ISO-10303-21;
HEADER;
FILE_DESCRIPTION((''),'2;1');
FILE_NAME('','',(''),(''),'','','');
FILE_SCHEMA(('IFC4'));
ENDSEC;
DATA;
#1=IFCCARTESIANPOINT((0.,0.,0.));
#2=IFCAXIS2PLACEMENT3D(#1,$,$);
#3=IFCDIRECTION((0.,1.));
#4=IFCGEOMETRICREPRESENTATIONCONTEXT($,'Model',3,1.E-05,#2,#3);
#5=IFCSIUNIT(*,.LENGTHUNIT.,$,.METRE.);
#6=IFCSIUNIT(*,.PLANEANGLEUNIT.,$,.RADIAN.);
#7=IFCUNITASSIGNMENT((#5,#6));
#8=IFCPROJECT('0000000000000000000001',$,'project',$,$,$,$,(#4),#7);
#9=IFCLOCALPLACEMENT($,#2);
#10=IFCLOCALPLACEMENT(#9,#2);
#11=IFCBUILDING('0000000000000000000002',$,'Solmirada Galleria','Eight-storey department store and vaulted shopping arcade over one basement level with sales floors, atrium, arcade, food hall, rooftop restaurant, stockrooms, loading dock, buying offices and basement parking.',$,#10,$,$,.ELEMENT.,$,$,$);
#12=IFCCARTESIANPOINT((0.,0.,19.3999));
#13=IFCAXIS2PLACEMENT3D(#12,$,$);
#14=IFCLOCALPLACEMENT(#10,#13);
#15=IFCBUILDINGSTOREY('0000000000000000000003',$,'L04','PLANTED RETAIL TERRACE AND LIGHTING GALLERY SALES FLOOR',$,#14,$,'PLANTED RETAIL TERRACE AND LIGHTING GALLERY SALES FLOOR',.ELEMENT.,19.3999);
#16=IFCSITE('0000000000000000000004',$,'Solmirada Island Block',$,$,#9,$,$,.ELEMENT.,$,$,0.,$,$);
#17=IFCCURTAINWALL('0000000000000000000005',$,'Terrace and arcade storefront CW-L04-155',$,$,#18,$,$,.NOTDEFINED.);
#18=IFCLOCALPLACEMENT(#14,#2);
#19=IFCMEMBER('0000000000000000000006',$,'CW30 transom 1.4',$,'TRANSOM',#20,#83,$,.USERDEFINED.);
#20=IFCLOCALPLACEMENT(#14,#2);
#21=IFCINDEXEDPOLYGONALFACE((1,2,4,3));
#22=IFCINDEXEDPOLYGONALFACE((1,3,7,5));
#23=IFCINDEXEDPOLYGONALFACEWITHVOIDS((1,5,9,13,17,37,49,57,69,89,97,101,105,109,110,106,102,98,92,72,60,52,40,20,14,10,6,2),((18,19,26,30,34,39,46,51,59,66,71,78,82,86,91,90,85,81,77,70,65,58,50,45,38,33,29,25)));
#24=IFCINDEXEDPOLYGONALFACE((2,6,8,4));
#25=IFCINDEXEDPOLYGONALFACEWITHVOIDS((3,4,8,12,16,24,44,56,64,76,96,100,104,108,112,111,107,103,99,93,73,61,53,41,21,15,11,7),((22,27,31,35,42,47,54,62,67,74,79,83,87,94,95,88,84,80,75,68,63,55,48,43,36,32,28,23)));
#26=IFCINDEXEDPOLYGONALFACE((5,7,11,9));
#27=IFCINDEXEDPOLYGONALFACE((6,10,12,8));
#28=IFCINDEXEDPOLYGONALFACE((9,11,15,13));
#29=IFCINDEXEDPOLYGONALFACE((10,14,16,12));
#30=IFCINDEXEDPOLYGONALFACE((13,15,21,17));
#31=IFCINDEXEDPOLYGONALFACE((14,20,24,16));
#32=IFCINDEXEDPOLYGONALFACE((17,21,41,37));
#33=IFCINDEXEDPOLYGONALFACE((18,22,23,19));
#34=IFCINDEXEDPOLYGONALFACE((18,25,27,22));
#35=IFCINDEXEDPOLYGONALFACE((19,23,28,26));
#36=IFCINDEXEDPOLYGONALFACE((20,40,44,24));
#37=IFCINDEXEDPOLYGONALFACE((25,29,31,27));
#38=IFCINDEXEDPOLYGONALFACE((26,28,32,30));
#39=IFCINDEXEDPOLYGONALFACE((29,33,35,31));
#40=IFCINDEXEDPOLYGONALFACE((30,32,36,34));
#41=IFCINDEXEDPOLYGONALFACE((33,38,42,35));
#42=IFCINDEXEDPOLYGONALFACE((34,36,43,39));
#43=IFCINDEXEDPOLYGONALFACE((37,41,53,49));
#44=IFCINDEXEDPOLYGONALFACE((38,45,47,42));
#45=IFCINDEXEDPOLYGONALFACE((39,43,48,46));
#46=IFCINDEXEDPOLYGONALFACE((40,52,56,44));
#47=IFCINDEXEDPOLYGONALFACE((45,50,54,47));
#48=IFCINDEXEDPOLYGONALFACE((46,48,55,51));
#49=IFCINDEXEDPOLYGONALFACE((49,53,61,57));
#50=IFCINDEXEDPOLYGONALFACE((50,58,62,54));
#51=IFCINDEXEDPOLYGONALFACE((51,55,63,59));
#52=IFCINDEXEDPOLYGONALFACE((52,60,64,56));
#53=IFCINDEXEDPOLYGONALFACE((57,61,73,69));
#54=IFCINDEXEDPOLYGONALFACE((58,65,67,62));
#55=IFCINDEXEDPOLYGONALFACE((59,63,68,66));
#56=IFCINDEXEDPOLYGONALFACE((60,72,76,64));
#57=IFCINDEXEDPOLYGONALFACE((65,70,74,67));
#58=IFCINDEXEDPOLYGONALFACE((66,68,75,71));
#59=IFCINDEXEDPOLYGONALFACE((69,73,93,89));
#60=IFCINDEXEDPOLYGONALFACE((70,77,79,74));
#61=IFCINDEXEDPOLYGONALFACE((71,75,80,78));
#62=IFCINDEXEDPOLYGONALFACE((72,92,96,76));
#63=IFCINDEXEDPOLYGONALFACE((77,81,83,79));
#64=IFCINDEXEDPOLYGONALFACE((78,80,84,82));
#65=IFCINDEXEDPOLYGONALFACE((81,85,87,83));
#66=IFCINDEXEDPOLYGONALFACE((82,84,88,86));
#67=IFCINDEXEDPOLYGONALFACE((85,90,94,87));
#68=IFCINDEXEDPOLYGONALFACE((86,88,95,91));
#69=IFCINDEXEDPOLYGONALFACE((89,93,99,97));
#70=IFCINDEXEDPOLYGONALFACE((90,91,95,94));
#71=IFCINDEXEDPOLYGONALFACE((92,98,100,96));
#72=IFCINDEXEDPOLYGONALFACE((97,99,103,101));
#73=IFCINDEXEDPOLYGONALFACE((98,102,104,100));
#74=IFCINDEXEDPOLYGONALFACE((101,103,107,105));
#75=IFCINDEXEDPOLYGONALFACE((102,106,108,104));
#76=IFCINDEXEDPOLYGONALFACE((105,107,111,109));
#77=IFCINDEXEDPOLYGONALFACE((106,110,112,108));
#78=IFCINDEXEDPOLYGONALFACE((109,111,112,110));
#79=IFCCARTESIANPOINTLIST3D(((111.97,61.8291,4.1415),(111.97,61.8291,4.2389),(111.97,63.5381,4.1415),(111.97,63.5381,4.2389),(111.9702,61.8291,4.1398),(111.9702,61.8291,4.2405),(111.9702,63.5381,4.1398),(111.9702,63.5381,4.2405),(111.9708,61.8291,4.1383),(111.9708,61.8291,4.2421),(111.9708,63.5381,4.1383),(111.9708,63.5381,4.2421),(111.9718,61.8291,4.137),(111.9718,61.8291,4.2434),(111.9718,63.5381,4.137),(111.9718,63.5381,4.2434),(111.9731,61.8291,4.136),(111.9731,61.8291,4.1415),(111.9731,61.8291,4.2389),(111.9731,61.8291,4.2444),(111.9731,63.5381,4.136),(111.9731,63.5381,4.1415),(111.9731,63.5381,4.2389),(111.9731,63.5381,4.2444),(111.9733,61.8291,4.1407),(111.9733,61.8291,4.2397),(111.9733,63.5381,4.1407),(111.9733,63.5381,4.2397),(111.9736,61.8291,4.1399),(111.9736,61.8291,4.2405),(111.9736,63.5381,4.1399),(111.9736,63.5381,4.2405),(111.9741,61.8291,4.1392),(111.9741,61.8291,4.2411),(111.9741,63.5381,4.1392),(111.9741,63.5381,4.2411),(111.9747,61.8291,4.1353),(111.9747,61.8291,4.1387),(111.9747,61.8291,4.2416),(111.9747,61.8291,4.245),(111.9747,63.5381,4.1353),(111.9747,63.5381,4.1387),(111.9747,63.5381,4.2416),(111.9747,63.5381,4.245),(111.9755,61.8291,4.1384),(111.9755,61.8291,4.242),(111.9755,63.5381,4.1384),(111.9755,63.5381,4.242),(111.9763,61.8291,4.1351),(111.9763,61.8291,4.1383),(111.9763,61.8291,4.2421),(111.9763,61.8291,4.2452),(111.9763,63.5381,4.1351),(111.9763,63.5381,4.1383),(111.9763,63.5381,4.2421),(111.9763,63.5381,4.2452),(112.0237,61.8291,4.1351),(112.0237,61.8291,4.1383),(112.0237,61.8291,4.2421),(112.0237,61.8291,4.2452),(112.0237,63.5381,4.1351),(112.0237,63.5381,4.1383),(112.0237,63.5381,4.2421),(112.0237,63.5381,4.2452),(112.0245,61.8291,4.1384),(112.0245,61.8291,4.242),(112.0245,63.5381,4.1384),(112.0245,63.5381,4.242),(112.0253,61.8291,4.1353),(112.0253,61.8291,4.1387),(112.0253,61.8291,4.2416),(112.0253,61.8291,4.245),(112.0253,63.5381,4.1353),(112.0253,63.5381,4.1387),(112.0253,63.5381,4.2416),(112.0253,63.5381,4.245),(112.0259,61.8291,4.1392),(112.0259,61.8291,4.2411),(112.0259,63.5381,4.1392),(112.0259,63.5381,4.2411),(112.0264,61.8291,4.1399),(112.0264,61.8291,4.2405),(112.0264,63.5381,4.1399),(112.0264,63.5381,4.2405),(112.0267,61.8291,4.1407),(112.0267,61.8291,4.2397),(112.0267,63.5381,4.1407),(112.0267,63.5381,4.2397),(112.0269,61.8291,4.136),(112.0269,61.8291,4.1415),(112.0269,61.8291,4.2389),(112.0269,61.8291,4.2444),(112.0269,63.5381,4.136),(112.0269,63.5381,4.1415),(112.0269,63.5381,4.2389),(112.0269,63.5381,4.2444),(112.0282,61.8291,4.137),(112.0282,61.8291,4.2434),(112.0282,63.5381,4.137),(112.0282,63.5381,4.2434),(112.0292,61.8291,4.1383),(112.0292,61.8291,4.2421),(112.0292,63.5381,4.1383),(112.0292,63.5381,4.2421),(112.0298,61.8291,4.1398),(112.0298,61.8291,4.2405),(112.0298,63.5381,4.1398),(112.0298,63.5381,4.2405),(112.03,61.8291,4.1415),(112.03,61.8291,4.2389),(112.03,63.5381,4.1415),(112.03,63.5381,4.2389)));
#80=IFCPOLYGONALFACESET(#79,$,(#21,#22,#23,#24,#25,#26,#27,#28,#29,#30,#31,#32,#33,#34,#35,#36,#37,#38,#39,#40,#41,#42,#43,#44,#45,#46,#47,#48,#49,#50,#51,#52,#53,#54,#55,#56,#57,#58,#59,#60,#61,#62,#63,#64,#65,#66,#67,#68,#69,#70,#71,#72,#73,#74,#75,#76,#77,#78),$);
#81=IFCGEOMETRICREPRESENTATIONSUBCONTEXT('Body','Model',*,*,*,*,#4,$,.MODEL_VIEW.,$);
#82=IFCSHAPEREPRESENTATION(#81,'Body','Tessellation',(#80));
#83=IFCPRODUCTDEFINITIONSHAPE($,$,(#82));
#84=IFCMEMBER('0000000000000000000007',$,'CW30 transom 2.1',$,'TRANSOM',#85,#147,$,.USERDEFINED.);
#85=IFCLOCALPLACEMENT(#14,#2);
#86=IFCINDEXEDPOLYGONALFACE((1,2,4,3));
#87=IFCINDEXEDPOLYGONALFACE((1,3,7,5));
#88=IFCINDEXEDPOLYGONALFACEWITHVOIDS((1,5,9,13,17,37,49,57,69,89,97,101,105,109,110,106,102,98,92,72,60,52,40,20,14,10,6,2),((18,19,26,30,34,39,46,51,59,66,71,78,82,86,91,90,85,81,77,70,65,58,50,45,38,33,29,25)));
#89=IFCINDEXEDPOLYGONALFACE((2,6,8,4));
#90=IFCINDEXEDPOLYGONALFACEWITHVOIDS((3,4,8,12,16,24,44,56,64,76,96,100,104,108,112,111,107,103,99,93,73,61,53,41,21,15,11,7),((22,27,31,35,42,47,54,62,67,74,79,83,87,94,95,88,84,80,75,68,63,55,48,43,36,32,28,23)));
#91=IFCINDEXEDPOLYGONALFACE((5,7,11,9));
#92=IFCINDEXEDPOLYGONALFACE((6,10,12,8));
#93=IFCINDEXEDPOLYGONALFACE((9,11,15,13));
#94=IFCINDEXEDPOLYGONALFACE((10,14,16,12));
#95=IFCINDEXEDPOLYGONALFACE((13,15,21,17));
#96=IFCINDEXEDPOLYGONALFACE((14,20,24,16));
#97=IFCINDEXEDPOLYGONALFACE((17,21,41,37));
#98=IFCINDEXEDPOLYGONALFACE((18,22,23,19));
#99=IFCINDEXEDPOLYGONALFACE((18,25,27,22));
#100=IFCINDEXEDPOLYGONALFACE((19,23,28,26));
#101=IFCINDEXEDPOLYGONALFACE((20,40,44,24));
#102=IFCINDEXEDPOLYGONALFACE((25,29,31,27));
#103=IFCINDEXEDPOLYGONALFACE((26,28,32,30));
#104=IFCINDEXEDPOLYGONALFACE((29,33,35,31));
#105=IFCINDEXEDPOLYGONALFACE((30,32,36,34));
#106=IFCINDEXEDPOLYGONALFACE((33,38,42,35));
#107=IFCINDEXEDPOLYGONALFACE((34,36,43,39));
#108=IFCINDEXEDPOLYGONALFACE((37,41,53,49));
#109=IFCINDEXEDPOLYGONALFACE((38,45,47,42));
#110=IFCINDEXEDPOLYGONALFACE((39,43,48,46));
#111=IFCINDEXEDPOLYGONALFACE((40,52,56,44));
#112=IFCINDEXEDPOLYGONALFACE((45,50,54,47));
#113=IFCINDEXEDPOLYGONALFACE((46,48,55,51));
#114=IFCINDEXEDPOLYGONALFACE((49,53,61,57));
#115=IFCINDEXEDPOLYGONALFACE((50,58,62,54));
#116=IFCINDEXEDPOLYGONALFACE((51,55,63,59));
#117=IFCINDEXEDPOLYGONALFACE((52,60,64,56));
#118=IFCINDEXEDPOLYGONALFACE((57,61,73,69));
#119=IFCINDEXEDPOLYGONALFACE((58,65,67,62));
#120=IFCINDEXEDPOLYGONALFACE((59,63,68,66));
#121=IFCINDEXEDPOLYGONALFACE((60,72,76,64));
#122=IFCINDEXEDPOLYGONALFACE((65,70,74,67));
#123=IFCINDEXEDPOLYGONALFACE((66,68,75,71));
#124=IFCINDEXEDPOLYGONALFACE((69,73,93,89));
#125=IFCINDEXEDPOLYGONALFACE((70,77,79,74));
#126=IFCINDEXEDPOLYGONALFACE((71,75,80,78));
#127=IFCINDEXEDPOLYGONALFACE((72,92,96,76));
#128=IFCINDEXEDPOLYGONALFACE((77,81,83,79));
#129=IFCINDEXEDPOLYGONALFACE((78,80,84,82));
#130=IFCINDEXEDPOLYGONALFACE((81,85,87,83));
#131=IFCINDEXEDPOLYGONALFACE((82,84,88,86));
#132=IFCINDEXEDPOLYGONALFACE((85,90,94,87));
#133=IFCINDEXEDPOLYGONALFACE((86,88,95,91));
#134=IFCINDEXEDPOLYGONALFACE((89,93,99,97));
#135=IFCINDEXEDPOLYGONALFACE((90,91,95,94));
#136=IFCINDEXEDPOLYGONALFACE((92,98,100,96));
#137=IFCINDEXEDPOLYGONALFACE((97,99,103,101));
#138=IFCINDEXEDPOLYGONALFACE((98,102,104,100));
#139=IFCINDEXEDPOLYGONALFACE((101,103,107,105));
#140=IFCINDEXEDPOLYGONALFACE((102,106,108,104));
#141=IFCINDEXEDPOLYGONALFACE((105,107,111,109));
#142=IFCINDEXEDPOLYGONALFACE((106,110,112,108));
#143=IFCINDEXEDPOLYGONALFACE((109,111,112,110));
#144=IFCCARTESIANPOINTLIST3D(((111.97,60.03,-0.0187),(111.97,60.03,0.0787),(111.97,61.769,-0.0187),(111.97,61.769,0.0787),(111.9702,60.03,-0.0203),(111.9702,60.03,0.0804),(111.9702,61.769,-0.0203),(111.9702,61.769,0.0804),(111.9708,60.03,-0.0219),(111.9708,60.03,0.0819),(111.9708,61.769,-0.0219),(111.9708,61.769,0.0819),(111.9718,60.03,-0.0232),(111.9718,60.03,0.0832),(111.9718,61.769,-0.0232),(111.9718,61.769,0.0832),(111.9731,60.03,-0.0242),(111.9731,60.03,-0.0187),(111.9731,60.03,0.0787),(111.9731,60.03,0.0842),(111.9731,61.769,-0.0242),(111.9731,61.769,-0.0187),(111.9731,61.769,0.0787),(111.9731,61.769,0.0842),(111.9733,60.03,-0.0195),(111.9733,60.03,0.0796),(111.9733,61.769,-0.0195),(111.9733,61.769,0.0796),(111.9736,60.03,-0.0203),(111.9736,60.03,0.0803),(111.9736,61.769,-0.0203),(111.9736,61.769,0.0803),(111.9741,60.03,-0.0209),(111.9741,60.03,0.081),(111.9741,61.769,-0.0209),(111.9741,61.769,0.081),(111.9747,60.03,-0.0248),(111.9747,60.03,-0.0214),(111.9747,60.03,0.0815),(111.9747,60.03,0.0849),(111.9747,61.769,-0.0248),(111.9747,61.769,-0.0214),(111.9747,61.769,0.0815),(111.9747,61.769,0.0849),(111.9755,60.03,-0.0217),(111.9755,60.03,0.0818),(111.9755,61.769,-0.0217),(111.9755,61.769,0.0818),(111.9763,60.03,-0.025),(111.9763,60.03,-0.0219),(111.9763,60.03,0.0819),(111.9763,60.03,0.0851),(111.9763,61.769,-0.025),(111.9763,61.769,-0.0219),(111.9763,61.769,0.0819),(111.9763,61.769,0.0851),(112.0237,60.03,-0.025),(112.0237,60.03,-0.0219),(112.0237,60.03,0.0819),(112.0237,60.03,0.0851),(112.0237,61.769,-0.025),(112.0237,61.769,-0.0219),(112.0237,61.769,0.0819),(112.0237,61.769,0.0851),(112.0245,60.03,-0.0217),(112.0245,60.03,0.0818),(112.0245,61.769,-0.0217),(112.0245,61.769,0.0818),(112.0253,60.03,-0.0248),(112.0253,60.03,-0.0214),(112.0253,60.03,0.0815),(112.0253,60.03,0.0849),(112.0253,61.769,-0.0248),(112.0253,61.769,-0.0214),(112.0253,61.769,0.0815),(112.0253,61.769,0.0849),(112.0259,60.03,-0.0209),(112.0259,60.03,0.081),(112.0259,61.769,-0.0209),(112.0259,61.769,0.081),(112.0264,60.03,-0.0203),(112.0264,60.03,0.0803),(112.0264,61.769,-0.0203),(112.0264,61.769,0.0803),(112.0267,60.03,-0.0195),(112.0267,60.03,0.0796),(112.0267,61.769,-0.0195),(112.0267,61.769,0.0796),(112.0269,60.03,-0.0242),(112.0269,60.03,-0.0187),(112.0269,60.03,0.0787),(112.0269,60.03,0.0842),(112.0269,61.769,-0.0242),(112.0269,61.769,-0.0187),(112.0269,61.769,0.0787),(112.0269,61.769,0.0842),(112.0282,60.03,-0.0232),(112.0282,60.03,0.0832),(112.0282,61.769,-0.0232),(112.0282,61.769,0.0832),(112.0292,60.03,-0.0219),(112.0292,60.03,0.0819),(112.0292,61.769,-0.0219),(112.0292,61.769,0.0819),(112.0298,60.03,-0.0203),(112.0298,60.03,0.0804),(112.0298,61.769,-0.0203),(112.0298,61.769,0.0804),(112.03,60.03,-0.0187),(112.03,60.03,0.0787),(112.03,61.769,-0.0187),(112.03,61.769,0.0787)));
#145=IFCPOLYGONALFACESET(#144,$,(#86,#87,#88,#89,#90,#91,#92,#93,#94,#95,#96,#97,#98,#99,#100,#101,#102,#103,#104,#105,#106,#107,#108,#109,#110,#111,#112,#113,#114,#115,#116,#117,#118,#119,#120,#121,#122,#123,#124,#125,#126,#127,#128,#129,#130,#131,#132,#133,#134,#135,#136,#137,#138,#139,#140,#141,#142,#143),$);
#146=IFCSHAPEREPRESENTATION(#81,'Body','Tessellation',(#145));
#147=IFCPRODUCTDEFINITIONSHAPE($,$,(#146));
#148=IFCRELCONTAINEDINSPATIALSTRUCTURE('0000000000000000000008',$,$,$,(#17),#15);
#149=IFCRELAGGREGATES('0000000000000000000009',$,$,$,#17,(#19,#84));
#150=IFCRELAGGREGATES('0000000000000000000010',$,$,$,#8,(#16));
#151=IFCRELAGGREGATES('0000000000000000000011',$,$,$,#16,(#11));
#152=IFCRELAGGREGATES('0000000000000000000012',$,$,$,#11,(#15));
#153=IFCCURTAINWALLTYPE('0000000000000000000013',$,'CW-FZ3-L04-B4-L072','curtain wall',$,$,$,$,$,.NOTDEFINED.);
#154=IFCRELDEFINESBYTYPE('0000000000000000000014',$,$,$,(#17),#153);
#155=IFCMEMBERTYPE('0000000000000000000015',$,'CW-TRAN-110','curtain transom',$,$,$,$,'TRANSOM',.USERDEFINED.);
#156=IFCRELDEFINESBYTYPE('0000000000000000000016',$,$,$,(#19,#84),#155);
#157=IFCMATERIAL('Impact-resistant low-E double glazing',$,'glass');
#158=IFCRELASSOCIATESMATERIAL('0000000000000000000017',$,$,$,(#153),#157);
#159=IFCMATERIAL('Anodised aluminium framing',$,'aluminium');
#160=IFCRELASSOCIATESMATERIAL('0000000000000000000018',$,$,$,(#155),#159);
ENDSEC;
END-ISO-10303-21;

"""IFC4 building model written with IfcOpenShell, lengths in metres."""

from ifc_helpers import new_model, si_unit, direction, frame, origin, origin_2d, place, context, subcontext, project, spatial, hollow_rectangle, extrude, material, material_profile, profile_set, type_object, element, aggregate, save


model = new_model("IFC4")

# Units and contexts
model_context = context("Model", 3, precision=1e-05, world=origin(), true_north=direction((0.0, 1.0)))
body_context = subcontext(model_context, "Body", "Model", "MODEL_VIEW")
ifc_project = project(units=[si_unit("LENGTHUNIT", "METRE"), si_unit("PLANEANGLEUNIT", "RADIAN")], contexts=[model_context])

# Site, building, storey
site_placement = place(None, origin())
site = spatial("IfcSite", under=ifc_project, at=site_placement, Name="Solmirada Island Block", CompositionType="ELEMENT", RefElevation=0.0)
building_placement = place(site_placement, origin())
building = spatial("IfcBuilding", under=site, at=building_placement, Name="Solmirada Galleria", Description="Eight-storey department store and vaulted shopping arcade over one basement level with sales floors, atrium, arcade, food hall, rooftop restaurant, stockrooms, loading dock, buying offices and basement parking.", CompositionType="ELEMENT")
storey_placement = place(building_placement, frame((0.0, 0.0, 19.3999)))
storey = spatial("IfcBuildingStorey", under=building, at=storey_placement, Name="L04", Description="PLANTED RETAIL TERRACE AND LIGHTING GALLERY SALES FLOOR", LongName="PLANTED RETAIL TERRACE AND LIGHTING GALLERY SALES FLOOR", CompositionType="ELEMENT", Elevation=19.3999)

# Shared definitions
ifc_material_1 = material(Name="Impact-resistant low-E double glazing", Category="glass")
curtain_wall_type = type_object("IfcCurtainWallType", Name="CW-FZ3-L04-B4-L072", Description="curtain wall", PredefinedType="NOTDEFINED", material=ifc_material_1)
ifc_material_2 = material(Name="Anodised aluminium framing", Category="aluminium")

# Curtain wall
curtain_wall_1_placement = place(storey_placement, origin())
curtain_wall_1 = element("IfcCurtainWall", 1, at=curtain_wall_1_placement, inside=storey, type_object=curtain_wall_type, Name="Terrace and arcade storefront CW-L04-155", PredefinedType="NOTDEFINED")

# Members
ifc_material_profile_1 = material_profile(ifc_material_2, hollow_rectangle(XDim=0.0601, YDim=0.1101, WallThickness=0.0032, InnerFilletRadius=0.0032, OuterFilletRadius=0.0063, at=origin_2d()), Name="ALU-TRAN-110X60")
ifc_profile_set_1 = profile_set([ifc_material_profile_1], Name="Anodised aluminium framing")
member_type_1 = type_object("IfcMemberType", Name="CW-TRAN-110", Description="curtain transom", ElementType="TRANSOM", PredefinedType="USERDEFINED", material=ifc_profile_set_1)
member_1_placement = place(storey_placement, frame((112.0, 63.5381, 4.1902), z_axis=(0.0, -1.0, 0.0), x_axis=(1.0, 0.0, 0.0)))
member_1 = element("IfcMember", 2, at=member_1_placement, type_object=member_type_1, Name="CW30 transom 1.4", ObjectType="TRANSOM", PredefinedType="USERDEFINED", context=body_context, shape_type="SweptSolid", body=[
    extrude(hollow_rectangle(XDim=0.0601, YDim=0.1101, WallThickness=0.0032, InnerFilletRadius=0.0032, OuterFilletRadius=0.0063, at=origin_2d()), origin(), (0.0, 0.0, 1.0), 1.709),
])
member_2_placement = place(storey_placement, frame((112.0, 61.769, 0.03), z_axis=(0.0, -1.0, 0.0), x_axis=(1.0, 0.0, 0.0)))
member_2 = element("IfcMember", 3, at=member_2_placement, type_object=member_type_1, Name="CW30 transom 2.1", ObjectType="TRANSOM", PredefinedType="USERDEFINED", context=body_context, shape_type="SweptSolid", body=[
    extrude(hollow_rectangle(XDim=0.0601, YDim=0.1101, WallThickness=0.0032, InnerFilletRadius=0.0032, OuterFilletRadius=0.0063, at=origin_2d()), origin(), (0.0, 0.0, 1.0), 1.739),
])

aggregate(curtain_wall_1, [member_1, member_2])

save(model, "model.ifc")
